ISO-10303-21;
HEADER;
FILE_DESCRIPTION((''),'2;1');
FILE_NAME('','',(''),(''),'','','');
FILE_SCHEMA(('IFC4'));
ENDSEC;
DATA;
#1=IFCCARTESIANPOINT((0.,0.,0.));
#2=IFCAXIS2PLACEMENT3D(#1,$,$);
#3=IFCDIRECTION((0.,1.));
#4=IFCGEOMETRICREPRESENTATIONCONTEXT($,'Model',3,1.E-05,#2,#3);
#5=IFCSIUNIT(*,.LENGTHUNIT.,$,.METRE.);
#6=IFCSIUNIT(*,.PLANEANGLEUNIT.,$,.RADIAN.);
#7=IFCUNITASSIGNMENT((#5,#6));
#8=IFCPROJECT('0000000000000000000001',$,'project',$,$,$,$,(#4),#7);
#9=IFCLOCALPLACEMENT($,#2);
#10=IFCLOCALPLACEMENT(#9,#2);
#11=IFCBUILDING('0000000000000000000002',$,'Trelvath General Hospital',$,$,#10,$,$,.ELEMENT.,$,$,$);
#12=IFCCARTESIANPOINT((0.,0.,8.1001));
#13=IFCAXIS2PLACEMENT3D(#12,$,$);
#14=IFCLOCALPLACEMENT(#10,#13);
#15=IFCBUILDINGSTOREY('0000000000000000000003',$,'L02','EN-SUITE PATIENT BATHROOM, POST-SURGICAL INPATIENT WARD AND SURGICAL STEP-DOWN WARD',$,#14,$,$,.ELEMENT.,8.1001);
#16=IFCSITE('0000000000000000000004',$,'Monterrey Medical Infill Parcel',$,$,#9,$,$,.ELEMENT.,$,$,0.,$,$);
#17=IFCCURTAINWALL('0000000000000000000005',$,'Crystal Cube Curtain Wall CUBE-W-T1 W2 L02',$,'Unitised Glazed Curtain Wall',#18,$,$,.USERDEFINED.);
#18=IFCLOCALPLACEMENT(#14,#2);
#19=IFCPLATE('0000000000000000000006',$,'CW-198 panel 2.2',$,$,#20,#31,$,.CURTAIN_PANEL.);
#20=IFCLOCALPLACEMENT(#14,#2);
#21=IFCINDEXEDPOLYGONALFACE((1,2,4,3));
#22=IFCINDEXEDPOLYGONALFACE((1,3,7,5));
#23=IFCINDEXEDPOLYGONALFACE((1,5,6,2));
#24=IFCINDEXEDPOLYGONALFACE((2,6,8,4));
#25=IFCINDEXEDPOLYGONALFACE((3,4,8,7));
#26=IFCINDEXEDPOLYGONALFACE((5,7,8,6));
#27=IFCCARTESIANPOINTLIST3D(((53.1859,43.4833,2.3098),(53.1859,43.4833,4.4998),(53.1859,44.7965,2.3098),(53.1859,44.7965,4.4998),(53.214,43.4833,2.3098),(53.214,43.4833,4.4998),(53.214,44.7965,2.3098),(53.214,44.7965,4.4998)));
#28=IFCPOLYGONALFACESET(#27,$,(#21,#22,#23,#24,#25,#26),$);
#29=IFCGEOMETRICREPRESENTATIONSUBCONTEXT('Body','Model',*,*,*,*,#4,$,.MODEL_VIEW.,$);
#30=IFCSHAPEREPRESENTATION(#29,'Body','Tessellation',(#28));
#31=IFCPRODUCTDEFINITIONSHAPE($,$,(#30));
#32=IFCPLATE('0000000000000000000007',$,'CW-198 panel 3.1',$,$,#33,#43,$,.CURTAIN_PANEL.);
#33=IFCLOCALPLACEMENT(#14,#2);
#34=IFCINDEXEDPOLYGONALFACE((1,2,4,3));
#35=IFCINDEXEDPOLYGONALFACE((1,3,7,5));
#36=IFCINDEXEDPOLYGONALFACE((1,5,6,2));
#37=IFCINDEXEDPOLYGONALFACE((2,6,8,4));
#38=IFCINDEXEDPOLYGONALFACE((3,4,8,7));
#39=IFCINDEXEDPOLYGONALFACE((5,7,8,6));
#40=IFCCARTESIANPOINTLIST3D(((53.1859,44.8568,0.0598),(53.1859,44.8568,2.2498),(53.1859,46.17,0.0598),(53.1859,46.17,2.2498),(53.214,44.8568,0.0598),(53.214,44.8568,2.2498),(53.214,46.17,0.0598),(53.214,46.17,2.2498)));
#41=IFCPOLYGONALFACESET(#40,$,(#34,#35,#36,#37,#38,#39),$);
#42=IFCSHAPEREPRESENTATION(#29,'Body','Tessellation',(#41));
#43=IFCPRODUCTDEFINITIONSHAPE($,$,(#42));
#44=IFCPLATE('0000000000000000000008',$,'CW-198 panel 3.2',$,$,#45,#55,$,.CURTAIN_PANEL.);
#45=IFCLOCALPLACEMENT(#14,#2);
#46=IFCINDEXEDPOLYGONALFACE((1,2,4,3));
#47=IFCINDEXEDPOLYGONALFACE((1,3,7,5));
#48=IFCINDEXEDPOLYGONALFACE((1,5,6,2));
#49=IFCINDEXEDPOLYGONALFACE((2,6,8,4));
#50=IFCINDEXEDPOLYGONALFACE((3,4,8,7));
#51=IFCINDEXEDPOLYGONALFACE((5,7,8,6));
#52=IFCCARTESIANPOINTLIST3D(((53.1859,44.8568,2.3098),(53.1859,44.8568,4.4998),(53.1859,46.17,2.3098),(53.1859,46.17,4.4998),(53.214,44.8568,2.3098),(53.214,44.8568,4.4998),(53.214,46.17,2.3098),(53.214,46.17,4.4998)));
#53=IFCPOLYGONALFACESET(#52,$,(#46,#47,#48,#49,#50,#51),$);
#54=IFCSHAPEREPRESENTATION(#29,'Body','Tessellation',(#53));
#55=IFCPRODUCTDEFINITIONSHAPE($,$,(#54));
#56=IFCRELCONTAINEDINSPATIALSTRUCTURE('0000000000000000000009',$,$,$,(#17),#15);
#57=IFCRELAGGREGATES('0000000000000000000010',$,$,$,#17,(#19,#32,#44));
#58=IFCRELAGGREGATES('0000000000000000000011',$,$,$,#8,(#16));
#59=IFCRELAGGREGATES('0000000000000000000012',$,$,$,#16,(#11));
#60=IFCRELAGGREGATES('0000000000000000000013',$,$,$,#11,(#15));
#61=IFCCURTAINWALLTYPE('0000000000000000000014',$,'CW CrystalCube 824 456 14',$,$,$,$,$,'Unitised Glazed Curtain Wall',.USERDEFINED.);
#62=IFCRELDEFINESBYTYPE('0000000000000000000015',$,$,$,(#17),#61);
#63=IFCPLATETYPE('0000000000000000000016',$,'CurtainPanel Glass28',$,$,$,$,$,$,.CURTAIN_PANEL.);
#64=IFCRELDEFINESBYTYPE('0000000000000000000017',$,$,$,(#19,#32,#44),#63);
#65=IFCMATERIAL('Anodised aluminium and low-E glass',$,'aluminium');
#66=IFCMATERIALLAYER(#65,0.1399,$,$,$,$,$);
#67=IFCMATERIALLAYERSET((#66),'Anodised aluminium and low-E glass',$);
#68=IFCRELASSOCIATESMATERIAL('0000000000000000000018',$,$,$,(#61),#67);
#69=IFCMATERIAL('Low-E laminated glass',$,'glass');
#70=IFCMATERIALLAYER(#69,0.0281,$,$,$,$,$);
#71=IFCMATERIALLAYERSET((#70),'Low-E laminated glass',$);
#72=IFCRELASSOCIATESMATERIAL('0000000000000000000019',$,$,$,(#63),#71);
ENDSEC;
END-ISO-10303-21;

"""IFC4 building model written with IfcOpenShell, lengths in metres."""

from ifc_helpers import new_model, si_unit, direction, frame, origin, origin_2d, place, context, subcontext, project, spatial, rectangle, extrude, material, layer, layer_set, type_object, element, aggregate, save


model = new_model("IFC4")

# Units and contexts
model_context = context("Model", 3, precision=1e-05, world=origin(), true_north=direction((0.0, 1.0)))
body_context = subcontext(model_context, "Body", "Model", "MODEL_VIEW")
ifc_project = project(units=[si_unit("LENGTHUNIT", "METRE"), si_unit("PLANEANGLEUNIT", "RADIAN")], contexts=[model_context])

# Site, building, storey
site_placement = place(None, origin())
site = spatial("IfcSite", under=ifc_project, at=site_placement, Name="Monterrey Medical Infill Parcel", CompositionType="ELEMENT", RefElevation=0.0)
building_placement = place(site_placement, origin())
building = spatial("IfcBuilding", under=site, at=building_placement, Name="Trelvath General Hospital", CompositionType="ELEMENT")
storey_placement = place(building_placement, frame((0.0, 0.0, 8.1001)))
storey = spatial("IfcBuildingStorey", under=building, at=storey_placement, Name="L02", Description="EN-SUITE PATIENT BATHROOM, POST-SURGICAL INPATIENT WARD AND SURGICAL STEP-DOWN WARD", CompositionType="ELEMENT", Elevation=8.1001)

# Curtain wall
ifc_material_1 = material(Name="Anodised aluminium and low-E glass", Category="aluminium")
ifc_layer_1 = layer(ifc_material_1, 0.1399)
ifc_layer_set_1 = layer_set([ifc_layer_1], Name="Anodised aluminium and low-E glass")
curtain_wall_type_1 = type_object("IfcCurtainWallType", Name="CW CrystalCube 824 456 14", ElementType="Unitised Glazed Curtain Wall", PredefinedType="USERDEFINED", material=ifc_layer_set_1)
curtain_wall_1_placement = place(storey_placement, origin())
curtain_wall_1 = element("IfcCurtainWall", 1, at=curtain_wall_1_placement, inside=storey, type_object=curtain_wall_type_1, Name="Crystal Cube Curtain Wall CUBE-W-T1 W2 L02", ObjectType="Unitised Glazed Curtain Wall", PredefinedType="USERDEFINED")

# Plates
ifc_material_2 = material(Name="Low-E laminated glass", Category="glass")
ifc_layer_2 = layer(ifc_material_2, 0.0281)
ifc_layer_set_2 = layer_set([ifc_layer_2], Name="Low-E laminated glass")
plate_type = type_object("IfcPlateType", Name="CurtainPanel Glass28", PredefinedType="CURTAIN_PANEL", material=ifc_layer_set_2)
plate_1_placement = place(storey_placement, frame((53.2, 44.1399, 2.3098), z_axis=(0.0, 0.0, 1.0), x_axis=(0.0, 1.0, 0.0)))
plate_1 = element("IfcPlate", 2, at=plate_1_placement, type_object=plate_type, Name="CW-198 panel 2.2", PredefinedType="CURTAIN_PANEL", context=body_context, shape_type="SweptSolid", body=[
    extrude(rectangle(XDim=1.3132, YDim=0.0281, at=origin_2d()), origin(), (0.0, 0.0, 1.0), 2.1899),
])
plate_2_placement = place(storey_placement, frame((53.2, 45.5134, 0.0598), z_axis=(0.0, 0.0, 1.0), x_axis=(0.0, 1.0, 0.0)))
plate_2 = element("IfcPlate", 3, at=plate_2_placement, type_object=plate_type, Name="CW-198 panel 3.1", PredefinedType="CURTAIN_PANEL", context=body_context, shape_type="SweptSolid", body=[
    extrude(rectangle(XDim=1.3132, YDim=0.0281, at=origin_2d()), origin(), (0.0, 0.0, 1.0), 2.1899),
])
plate_3_placement = place(storey_placement, frame((53.2, 45.5134, 2.3098), z_axis=(0.0, 0.0, 1.0), x_axis=(0.0, 1.0, 0.0)))
plate_3 = element("IfcPlate", 4, at=plate_3_placement, type_object=plate_type, Name="CW-198 panel 3.2", PredefinedType="CURTAIN_PANEL", context=body_context, shape_type="SweptSolid", body=[
    extrude(rectangle(XDim=1.3132, YDim=0.0281, at=origin_2d()), origin(), (0.0, 0.0, 1.0), 2.1899),
])
aggregate(curtain_wall_1, [plate_1, plate_2, plate_3])

save(model, "model.ifc")
